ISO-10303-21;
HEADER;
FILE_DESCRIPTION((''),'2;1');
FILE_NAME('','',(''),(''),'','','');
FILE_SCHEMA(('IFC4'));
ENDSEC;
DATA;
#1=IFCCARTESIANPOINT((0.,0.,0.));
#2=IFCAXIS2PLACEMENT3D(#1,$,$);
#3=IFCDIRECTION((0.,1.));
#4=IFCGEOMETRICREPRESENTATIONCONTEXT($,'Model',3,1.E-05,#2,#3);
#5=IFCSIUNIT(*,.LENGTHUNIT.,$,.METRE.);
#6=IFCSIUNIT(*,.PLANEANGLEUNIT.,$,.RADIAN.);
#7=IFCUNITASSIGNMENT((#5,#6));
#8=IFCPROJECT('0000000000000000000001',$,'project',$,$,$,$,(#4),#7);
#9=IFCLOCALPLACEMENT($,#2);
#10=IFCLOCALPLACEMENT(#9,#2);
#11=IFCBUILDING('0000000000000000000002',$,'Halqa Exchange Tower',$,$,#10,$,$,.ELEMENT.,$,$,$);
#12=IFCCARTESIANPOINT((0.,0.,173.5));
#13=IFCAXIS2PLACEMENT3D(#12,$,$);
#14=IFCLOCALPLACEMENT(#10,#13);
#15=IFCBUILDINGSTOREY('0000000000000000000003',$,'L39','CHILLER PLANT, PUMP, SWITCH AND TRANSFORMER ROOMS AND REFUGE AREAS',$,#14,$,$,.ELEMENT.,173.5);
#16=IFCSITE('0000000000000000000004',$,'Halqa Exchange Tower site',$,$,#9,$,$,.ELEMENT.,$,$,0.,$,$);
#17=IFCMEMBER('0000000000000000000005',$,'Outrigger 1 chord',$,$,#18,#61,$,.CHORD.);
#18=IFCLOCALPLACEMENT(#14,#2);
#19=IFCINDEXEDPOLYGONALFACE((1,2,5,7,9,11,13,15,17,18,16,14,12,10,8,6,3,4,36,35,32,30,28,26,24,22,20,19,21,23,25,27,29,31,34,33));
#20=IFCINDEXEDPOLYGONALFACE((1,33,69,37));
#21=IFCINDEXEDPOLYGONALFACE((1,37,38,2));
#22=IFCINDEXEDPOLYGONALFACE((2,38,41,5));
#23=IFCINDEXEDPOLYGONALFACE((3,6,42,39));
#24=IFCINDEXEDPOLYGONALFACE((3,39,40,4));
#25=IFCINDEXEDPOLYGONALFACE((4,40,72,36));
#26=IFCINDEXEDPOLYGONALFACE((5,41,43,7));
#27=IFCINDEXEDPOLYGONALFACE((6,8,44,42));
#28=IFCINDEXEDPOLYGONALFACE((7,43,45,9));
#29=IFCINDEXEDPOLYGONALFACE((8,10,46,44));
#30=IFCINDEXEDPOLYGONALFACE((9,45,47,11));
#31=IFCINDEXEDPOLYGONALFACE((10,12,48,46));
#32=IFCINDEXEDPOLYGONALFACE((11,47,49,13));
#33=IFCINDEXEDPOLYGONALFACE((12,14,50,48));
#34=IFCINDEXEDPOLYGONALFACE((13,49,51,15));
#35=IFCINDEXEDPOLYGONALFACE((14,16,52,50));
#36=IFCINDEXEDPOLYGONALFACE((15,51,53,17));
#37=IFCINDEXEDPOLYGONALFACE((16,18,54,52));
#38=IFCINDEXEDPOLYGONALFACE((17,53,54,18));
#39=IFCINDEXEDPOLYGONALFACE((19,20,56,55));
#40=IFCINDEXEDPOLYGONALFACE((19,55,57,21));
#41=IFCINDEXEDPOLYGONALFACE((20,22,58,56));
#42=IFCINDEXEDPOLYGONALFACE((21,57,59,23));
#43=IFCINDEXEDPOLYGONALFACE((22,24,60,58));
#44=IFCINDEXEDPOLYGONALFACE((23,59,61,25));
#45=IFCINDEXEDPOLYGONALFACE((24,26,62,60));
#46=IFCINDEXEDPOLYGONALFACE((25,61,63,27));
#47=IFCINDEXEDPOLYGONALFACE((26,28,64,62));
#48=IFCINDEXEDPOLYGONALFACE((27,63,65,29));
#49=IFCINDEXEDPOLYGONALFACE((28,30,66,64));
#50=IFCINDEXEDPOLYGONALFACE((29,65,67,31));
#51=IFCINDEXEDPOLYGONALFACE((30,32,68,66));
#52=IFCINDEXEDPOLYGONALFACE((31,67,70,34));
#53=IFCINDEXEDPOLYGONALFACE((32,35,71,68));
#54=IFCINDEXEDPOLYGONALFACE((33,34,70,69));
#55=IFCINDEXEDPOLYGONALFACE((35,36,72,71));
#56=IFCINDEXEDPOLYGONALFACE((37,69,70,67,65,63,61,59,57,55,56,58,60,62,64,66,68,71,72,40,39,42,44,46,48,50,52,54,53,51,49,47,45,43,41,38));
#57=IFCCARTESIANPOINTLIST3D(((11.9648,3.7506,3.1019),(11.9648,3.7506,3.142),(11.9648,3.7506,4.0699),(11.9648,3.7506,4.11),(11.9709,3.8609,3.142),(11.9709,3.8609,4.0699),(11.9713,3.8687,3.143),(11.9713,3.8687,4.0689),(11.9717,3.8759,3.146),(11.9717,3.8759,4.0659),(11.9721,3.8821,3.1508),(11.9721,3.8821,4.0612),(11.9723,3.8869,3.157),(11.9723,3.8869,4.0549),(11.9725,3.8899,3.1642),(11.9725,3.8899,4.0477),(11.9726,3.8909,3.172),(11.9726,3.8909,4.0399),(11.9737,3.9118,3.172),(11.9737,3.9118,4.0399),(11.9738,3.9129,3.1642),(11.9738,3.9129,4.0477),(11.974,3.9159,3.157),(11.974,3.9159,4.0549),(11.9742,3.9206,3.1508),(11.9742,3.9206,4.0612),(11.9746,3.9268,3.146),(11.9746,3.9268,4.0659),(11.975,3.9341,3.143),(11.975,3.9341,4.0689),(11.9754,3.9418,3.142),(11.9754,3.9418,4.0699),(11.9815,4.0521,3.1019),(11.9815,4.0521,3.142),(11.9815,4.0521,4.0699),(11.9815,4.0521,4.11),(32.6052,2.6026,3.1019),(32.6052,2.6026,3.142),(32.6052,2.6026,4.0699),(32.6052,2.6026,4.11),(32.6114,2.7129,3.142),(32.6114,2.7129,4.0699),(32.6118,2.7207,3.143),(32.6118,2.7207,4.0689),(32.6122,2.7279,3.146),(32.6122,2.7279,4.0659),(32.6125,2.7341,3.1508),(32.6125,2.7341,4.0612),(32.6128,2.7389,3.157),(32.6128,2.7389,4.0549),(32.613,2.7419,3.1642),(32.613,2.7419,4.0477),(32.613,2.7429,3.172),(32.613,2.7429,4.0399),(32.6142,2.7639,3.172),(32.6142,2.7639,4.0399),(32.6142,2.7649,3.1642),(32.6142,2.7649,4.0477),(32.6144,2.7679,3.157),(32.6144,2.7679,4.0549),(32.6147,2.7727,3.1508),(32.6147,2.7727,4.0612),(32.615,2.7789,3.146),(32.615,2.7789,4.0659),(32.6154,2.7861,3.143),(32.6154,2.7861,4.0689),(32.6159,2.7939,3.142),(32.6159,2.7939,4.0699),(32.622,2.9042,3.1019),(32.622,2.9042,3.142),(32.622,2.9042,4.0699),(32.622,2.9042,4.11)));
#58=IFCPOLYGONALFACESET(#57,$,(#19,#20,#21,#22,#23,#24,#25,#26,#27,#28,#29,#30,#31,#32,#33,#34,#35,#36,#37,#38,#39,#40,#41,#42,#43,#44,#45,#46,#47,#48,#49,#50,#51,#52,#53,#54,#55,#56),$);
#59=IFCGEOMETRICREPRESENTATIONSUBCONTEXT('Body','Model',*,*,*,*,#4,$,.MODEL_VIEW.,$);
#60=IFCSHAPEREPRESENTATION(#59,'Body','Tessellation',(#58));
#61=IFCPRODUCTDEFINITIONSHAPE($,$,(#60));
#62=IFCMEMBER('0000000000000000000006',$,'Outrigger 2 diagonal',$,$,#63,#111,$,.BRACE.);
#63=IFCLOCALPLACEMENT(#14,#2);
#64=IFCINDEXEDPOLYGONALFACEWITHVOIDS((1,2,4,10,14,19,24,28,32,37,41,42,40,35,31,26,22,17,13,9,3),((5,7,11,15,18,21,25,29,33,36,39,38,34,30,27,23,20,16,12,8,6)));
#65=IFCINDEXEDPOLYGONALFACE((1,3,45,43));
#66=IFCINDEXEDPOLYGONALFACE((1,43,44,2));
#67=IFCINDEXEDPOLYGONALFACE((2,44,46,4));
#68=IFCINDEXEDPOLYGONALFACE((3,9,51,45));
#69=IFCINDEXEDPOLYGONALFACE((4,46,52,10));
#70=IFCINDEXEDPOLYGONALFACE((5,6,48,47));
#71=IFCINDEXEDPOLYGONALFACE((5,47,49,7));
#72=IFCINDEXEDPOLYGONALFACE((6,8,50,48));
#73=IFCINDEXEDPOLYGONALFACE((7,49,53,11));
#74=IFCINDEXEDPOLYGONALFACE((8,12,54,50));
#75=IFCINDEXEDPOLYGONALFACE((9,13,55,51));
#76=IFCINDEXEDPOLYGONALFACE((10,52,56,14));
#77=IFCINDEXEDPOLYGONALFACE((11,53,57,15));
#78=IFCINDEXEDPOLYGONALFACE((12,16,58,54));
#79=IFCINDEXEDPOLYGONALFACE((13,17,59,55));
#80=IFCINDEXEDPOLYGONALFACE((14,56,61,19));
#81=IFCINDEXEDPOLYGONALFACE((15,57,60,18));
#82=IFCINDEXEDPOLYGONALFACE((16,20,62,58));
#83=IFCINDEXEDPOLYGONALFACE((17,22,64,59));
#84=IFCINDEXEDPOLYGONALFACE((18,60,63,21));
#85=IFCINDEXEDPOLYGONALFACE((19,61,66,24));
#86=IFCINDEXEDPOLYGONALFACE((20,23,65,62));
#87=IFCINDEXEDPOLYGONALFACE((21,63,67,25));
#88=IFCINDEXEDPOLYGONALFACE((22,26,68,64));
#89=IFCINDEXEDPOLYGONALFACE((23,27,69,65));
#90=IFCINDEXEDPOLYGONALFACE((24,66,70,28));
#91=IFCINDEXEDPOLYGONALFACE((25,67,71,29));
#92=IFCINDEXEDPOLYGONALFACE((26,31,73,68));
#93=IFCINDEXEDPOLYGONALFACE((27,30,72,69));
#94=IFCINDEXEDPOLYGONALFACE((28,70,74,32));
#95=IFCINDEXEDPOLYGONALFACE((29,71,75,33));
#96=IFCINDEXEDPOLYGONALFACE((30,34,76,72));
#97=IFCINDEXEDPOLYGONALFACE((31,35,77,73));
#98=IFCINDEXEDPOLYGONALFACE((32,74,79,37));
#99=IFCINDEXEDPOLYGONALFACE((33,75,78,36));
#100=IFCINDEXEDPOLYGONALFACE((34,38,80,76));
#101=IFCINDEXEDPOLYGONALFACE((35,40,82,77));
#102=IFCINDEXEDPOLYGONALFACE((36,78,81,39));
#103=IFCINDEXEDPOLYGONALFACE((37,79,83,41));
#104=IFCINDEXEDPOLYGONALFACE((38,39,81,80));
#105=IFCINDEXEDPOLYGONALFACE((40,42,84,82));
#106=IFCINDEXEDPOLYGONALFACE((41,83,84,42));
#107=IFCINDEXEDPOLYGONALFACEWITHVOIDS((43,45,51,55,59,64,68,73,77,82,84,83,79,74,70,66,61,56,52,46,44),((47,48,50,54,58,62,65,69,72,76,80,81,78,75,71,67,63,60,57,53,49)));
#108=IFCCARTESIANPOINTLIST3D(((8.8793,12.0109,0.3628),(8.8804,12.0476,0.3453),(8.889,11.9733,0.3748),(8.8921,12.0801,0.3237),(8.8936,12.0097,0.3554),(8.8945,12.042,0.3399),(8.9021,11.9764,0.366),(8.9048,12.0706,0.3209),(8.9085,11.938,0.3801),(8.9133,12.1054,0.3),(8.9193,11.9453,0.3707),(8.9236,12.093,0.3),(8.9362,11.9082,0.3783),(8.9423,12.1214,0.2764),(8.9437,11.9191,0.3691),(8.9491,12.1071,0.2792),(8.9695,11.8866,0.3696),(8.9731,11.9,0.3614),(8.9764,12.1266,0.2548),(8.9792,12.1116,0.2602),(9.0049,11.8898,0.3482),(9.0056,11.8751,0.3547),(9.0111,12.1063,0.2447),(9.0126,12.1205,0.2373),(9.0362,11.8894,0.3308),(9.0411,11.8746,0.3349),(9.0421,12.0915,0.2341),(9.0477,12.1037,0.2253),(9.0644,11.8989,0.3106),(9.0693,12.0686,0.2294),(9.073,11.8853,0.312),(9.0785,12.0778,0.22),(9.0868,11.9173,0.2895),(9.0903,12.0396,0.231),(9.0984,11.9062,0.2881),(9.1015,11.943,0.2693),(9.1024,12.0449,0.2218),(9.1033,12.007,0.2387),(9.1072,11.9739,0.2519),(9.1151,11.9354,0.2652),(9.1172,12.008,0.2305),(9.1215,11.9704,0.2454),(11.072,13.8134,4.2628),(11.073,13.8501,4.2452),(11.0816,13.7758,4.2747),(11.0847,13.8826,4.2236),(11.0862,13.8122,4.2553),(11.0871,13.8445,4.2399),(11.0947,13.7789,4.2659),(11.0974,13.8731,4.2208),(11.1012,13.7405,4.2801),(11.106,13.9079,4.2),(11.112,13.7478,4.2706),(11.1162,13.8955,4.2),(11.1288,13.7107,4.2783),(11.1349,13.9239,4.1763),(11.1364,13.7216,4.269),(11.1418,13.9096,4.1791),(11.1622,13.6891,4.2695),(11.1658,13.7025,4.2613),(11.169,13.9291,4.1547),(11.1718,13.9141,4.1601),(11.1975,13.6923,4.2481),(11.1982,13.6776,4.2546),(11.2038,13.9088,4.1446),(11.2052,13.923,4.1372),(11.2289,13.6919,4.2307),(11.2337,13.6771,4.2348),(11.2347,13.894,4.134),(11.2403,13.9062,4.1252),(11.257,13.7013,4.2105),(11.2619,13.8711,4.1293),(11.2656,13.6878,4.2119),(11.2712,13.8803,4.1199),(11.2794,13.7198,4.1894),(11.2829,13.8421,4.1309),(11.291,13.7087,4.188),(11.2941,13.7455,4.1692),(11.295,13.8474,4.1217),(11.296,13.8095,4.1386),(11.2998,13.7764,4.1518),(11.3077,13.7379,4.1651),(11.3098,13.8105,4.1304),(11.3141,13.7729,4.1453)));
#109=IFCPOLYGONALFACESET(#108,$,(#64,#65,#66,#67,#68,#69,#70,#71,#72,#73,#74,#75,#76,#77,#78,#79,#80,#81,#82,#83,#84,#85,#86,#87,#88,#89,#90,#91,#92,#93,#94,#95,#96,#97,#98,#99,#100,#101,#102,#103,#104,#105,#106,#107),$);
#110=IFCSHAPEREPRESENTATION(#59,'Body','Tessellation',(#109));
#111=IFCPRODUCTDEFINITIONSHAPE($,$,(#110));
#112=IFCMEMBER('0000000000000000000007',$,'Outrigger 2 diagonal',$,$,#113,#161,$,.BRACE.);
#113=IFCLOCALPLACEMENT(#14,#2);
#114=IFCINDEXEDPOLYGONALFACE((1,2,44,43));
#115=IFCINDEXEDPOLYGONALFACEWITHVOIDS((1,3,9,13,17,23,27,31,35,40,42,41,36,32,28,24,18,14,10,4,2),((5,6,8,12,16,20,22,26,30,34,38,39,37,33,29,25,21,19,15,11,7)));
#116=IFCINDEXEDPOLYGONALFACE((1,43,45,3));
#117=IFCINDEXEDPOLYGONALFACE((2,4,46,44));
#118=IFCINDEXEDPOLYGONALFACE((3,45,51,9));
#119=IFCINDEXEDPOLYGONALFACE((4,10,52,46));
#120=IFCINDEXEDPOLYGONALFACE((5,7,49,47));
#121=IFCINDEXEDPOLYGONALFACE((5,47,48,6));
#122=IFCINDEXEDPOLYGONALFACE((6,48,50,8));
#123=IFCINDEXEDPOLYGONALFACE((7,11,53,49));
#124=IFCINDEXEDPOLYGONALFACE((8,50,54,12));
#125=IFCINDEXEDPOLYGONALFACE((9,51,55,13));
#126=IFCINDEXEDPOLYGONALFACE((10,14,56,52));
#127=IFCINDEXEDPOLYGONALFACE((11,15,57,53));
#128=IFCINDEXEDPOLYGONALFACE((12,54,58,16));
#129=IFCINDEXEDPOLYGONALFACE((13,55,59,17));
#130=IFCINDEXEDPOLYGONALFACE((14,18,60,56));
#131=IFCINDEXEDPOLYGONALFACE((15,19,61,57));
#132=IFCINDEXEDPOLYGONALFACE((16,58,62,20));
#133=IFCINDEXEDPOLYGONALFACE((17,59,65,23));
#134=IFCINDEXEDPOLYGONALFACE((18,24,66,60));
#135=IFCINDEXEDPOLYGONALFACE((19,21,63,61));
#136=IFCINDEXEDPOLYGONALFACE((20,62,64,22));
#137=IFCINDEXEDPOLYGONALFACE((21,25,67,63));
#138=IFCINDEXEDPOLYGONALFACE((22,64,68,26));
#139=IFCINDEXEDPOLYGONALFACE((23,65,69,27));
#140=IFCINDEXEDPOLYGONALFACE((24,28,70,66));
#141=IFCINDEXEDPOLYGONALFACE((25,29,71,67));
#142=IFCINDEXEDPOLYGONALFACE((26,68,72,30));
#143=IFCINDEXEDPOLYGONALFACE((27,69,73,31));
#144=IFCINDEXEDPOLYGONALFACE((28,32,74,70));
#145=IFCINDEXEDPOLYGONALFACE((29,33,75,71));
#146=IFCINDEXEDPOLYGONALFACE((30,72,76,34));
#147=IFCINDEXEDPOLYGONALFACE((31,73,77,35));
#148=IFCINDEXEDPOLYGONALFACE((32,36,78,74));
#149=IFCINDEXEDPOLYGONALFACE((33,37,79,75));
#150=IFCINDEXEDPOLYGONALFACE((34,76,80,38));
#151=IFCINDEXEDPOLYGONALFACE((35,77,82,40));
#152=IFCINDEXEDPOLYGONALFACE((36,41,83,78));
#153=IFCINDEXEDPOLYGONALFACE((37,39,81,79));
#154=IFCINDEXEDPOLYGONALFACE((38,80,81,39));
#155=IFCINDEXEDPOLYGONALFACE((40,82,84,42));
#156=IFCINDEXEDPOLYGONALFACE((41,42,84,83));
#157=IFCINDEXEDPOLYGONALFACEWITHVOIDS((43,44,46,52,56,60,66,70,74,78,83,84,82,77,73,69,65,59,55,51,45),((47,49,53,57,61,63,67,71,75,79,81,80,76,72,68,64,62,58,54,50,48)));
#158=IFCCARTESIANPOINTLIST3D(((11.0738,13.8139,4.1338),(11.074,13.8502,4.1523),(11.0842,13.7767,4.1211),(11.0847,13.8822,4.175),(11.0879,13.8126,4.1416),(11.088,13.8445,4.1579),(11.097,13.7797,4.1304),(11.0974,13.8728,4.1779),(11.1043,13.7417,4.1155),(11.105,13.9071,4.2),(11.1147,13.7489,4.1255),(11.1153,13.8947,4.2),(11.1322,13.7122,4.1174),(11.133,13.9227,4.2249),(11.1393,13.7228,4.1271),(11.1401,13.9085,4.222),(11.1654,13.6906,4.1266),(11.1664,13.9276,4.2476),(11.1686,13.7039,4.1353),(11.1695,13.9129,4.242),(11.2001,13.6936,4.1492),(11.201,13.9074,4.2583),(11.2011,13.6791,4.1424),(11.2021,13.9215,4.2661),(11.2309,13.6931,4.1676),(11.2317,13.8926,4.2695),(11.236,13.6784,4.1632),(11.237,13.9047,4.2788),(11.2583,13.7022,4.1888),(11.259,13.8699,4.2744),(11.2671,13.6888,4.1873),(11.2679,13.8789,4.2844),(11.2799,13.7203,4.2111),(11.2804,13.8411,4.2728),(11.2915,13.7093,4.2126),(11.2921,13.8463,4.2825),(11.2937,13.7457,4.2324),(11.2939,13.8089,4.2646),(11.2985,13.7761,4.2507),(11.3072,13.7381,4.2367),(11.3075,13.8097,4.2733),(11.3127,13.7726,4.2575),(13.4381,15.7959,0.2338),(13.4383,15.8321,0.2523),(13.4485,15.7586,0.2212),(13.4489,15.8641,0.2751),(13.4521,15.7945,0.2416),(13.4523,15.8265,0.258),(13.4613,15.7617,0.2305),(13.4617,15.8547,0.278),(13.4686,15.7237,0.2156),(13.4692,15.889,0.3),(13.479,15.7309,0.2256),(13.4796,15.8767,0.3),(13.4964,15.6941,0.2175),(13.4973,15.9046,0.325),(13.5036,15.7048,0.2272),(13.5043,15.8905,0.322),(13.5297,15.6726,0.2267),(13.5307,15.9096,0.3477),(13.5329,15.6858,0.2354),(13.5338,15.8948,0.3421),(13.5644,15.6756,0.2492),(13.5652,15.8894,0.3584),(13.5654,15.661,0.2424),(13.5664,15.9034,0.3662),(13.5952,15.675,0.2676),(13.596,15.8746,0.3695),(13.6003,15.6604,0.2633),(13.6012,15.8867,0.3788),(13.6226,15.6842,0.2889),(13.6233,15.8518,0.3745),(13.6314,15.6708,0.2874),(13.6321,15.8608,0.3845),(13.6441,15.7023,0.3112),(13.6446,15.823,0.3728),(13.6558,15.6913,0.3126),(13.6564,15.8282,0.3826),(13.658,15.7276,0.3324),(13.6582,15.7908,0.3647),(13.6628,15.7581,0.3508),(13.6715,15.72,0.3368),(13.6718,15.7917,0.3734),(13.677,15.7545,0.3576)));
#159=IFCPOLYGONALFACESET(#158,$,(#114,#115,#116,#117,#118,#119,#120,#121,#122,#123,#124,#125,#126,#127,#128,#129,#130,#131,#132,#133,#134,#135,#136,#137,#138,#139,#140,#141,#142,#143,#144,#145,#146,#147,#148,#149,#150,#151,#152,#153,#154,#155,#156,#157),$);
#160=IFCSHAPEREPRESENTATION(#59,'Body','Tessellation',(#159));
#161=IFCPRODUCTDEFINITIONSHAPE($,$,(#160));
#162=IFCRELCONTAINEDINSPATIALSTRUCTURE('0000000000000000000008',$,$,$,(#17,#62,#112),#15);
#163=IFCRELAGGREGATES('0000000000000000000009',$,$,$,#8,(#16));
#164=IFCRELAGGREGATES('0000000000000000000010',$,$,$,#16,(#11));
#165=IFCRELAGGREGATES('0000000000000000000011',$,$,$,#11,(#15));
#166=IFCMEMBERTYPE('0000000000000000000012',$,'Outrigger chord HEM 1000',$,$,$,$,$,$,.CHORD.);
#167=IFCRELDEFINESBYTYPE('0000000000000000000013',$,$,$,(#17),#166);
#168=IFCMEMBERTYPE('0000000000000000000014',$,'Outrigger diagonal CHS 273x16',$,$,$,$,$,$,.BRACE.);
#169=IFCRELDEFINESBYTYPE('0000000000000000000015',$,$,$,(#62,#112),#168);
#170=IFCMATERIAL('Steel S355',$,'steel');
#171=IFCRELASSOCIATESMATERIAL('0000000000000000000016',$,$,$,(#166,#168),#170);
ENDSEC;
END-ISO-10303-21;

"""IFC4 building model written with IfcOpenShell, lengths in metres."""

from ifc_helpers import new_model, si_unit, direction, frame, origin, origin_2d, place, context, subcontext, project, spatial, hollow_circle, i_section, extrude, material, material_profile, profile_set, type_object, element, save


model = new_model("IFC4")

# Units and contexts
model_context = context("Model", 3, precision=1e-05, world=origin(), true_north=direction((0.0, 1.0)))
body_context = subcontext(model_context, "Body", "Model", "MODEL_VIEW")
ifc_project = project(units=[si_unit("LENGTHUNIT", "METRE"), si_unit("PLANEANGLEUNIT", "RADIAN")], contexts=[model_context])

# Site, building, storey
site_placement = place(None, origin())
site = spatial("IfcSite", under=ifc_project, at=site_placement, Name="Halqa Exchange Tower site", CompositionType="ELEMENT", RefElevation=0.0)
building_placement = place(site_placement, origin())
building = spatial("IfcBuilding", under=site, at=building_placement, Name="Halqa Exchange Tower", CompositionType="ELEMENT")
storey_placement = place(building_placement, frame((0.0, 0.0, 173.5)))
storey = spatial("IfcBuildingStorey", under=building, at=storey_placement, Name="L39", Description="CHILLER PLANT, PUMP, SWITCH AND TRANSFORMER ROOMS AND REFUGE AREAS", CompositionType="ELEMENT", Elevation=173.5)

# Shared definitions
ifc_material_1 = material(Name="Steel S355", Category="steel")

# Members
ifc_material_profile_1 = material_profile(ifc_material_1, i_section(OverallWidth=0.302, OverallDepth=1.0081, WebThickness=0.021, FlangeThickness=0.04, FilletRadius=0.03, at=origin_2d()), Name="HEM 1000")
ifc_profile_set_1 = profile_set([ifc_material_profile_1], Name="Steel S355")
member_type_1 = type_object("IfcMemberType", Name="Outrigger chord HEM 1000", PredefinedType="CHORD", material=ifc_profile_set_1)
member_1_placement = place(storey_placement, frame((11.9731, 3.9014, 3.606), z_axis=(0.998457, -0.055531, 0.0), x_axis=(0.055531, 0.998457, 0.0)))
element("IfcMember", 1, at=member_1_placement, inside=storey, type_object=member_type_1, Name="Outrigger 1 chord", PredefinedType="CHORD", context=body_context, shape_type="SweptSolid", body=[
    extrude(i_section(OverallWidth=0.302, OverallDepth=1.0081, WebThickness=0.021, FlangeThickness=0.04, FilletRadius=0.03, at=origin_2d()), origin(), (0.0, 0.0, 1.0), 20.6724),
])
ifc_material_profile_2 = material_profile(ifc_material_1, hollow_circle(Radius=0.1365, WallThickness=0.0161, at=origin_2d()), Name="CHS 273x16")
ifc_profile_set_2 = profile_set([ifc_material_profile_2], Name="Steel S355")
member_type_2 = type_object("IfcMemberType", Name="Outrigger diagonal CHS 273x16", PredefinedType="BRACE", material=ifc_profile_set_2)
member_2_placement = place(storey_placement, frame((9.0, 12.0, 0.3), z_axis=(0.454575, 0.373692, 0.808527), x_axis=(-0.635035, 0.772484, 0.0)))
element("IfcMember", 2, at=member_2_placement, inside=storey, type_object=member_type_2, Name="Outrigger 2 diagonal", PredefinedType="BRACE", context=body_context, shape_type="SweptSolid", body=[
    extrude(hollow_circle(Radius=0.1365, WallThickness=0.0161, at=origin_2d()), origin(), (0.0, 0.0, 1.0), 4.8235),
])
member_3_placement = place(storey_placement, frame((11.1926, 13.8025, 4.2), z_axis=(0.475455, 0.398569, -0.784274), x_axis=(-0.642423, 0.76635, 0.0)))
element("IfcMember", 3, at=member_3_placement, inside=storey, type_object=member_type_2, Name="Outrigger 2 diagonal", PredefinedType="BRACE", context=body_context, shape_type="SweptSolid", body=[
    extrude(hollow_circle(Radius=0.1365, WallThickness=0.0161, at=origin_2d()), origin(), (0.0, 0.0, 1.0), 4.9727),
])

save(model, "model.ifc")
